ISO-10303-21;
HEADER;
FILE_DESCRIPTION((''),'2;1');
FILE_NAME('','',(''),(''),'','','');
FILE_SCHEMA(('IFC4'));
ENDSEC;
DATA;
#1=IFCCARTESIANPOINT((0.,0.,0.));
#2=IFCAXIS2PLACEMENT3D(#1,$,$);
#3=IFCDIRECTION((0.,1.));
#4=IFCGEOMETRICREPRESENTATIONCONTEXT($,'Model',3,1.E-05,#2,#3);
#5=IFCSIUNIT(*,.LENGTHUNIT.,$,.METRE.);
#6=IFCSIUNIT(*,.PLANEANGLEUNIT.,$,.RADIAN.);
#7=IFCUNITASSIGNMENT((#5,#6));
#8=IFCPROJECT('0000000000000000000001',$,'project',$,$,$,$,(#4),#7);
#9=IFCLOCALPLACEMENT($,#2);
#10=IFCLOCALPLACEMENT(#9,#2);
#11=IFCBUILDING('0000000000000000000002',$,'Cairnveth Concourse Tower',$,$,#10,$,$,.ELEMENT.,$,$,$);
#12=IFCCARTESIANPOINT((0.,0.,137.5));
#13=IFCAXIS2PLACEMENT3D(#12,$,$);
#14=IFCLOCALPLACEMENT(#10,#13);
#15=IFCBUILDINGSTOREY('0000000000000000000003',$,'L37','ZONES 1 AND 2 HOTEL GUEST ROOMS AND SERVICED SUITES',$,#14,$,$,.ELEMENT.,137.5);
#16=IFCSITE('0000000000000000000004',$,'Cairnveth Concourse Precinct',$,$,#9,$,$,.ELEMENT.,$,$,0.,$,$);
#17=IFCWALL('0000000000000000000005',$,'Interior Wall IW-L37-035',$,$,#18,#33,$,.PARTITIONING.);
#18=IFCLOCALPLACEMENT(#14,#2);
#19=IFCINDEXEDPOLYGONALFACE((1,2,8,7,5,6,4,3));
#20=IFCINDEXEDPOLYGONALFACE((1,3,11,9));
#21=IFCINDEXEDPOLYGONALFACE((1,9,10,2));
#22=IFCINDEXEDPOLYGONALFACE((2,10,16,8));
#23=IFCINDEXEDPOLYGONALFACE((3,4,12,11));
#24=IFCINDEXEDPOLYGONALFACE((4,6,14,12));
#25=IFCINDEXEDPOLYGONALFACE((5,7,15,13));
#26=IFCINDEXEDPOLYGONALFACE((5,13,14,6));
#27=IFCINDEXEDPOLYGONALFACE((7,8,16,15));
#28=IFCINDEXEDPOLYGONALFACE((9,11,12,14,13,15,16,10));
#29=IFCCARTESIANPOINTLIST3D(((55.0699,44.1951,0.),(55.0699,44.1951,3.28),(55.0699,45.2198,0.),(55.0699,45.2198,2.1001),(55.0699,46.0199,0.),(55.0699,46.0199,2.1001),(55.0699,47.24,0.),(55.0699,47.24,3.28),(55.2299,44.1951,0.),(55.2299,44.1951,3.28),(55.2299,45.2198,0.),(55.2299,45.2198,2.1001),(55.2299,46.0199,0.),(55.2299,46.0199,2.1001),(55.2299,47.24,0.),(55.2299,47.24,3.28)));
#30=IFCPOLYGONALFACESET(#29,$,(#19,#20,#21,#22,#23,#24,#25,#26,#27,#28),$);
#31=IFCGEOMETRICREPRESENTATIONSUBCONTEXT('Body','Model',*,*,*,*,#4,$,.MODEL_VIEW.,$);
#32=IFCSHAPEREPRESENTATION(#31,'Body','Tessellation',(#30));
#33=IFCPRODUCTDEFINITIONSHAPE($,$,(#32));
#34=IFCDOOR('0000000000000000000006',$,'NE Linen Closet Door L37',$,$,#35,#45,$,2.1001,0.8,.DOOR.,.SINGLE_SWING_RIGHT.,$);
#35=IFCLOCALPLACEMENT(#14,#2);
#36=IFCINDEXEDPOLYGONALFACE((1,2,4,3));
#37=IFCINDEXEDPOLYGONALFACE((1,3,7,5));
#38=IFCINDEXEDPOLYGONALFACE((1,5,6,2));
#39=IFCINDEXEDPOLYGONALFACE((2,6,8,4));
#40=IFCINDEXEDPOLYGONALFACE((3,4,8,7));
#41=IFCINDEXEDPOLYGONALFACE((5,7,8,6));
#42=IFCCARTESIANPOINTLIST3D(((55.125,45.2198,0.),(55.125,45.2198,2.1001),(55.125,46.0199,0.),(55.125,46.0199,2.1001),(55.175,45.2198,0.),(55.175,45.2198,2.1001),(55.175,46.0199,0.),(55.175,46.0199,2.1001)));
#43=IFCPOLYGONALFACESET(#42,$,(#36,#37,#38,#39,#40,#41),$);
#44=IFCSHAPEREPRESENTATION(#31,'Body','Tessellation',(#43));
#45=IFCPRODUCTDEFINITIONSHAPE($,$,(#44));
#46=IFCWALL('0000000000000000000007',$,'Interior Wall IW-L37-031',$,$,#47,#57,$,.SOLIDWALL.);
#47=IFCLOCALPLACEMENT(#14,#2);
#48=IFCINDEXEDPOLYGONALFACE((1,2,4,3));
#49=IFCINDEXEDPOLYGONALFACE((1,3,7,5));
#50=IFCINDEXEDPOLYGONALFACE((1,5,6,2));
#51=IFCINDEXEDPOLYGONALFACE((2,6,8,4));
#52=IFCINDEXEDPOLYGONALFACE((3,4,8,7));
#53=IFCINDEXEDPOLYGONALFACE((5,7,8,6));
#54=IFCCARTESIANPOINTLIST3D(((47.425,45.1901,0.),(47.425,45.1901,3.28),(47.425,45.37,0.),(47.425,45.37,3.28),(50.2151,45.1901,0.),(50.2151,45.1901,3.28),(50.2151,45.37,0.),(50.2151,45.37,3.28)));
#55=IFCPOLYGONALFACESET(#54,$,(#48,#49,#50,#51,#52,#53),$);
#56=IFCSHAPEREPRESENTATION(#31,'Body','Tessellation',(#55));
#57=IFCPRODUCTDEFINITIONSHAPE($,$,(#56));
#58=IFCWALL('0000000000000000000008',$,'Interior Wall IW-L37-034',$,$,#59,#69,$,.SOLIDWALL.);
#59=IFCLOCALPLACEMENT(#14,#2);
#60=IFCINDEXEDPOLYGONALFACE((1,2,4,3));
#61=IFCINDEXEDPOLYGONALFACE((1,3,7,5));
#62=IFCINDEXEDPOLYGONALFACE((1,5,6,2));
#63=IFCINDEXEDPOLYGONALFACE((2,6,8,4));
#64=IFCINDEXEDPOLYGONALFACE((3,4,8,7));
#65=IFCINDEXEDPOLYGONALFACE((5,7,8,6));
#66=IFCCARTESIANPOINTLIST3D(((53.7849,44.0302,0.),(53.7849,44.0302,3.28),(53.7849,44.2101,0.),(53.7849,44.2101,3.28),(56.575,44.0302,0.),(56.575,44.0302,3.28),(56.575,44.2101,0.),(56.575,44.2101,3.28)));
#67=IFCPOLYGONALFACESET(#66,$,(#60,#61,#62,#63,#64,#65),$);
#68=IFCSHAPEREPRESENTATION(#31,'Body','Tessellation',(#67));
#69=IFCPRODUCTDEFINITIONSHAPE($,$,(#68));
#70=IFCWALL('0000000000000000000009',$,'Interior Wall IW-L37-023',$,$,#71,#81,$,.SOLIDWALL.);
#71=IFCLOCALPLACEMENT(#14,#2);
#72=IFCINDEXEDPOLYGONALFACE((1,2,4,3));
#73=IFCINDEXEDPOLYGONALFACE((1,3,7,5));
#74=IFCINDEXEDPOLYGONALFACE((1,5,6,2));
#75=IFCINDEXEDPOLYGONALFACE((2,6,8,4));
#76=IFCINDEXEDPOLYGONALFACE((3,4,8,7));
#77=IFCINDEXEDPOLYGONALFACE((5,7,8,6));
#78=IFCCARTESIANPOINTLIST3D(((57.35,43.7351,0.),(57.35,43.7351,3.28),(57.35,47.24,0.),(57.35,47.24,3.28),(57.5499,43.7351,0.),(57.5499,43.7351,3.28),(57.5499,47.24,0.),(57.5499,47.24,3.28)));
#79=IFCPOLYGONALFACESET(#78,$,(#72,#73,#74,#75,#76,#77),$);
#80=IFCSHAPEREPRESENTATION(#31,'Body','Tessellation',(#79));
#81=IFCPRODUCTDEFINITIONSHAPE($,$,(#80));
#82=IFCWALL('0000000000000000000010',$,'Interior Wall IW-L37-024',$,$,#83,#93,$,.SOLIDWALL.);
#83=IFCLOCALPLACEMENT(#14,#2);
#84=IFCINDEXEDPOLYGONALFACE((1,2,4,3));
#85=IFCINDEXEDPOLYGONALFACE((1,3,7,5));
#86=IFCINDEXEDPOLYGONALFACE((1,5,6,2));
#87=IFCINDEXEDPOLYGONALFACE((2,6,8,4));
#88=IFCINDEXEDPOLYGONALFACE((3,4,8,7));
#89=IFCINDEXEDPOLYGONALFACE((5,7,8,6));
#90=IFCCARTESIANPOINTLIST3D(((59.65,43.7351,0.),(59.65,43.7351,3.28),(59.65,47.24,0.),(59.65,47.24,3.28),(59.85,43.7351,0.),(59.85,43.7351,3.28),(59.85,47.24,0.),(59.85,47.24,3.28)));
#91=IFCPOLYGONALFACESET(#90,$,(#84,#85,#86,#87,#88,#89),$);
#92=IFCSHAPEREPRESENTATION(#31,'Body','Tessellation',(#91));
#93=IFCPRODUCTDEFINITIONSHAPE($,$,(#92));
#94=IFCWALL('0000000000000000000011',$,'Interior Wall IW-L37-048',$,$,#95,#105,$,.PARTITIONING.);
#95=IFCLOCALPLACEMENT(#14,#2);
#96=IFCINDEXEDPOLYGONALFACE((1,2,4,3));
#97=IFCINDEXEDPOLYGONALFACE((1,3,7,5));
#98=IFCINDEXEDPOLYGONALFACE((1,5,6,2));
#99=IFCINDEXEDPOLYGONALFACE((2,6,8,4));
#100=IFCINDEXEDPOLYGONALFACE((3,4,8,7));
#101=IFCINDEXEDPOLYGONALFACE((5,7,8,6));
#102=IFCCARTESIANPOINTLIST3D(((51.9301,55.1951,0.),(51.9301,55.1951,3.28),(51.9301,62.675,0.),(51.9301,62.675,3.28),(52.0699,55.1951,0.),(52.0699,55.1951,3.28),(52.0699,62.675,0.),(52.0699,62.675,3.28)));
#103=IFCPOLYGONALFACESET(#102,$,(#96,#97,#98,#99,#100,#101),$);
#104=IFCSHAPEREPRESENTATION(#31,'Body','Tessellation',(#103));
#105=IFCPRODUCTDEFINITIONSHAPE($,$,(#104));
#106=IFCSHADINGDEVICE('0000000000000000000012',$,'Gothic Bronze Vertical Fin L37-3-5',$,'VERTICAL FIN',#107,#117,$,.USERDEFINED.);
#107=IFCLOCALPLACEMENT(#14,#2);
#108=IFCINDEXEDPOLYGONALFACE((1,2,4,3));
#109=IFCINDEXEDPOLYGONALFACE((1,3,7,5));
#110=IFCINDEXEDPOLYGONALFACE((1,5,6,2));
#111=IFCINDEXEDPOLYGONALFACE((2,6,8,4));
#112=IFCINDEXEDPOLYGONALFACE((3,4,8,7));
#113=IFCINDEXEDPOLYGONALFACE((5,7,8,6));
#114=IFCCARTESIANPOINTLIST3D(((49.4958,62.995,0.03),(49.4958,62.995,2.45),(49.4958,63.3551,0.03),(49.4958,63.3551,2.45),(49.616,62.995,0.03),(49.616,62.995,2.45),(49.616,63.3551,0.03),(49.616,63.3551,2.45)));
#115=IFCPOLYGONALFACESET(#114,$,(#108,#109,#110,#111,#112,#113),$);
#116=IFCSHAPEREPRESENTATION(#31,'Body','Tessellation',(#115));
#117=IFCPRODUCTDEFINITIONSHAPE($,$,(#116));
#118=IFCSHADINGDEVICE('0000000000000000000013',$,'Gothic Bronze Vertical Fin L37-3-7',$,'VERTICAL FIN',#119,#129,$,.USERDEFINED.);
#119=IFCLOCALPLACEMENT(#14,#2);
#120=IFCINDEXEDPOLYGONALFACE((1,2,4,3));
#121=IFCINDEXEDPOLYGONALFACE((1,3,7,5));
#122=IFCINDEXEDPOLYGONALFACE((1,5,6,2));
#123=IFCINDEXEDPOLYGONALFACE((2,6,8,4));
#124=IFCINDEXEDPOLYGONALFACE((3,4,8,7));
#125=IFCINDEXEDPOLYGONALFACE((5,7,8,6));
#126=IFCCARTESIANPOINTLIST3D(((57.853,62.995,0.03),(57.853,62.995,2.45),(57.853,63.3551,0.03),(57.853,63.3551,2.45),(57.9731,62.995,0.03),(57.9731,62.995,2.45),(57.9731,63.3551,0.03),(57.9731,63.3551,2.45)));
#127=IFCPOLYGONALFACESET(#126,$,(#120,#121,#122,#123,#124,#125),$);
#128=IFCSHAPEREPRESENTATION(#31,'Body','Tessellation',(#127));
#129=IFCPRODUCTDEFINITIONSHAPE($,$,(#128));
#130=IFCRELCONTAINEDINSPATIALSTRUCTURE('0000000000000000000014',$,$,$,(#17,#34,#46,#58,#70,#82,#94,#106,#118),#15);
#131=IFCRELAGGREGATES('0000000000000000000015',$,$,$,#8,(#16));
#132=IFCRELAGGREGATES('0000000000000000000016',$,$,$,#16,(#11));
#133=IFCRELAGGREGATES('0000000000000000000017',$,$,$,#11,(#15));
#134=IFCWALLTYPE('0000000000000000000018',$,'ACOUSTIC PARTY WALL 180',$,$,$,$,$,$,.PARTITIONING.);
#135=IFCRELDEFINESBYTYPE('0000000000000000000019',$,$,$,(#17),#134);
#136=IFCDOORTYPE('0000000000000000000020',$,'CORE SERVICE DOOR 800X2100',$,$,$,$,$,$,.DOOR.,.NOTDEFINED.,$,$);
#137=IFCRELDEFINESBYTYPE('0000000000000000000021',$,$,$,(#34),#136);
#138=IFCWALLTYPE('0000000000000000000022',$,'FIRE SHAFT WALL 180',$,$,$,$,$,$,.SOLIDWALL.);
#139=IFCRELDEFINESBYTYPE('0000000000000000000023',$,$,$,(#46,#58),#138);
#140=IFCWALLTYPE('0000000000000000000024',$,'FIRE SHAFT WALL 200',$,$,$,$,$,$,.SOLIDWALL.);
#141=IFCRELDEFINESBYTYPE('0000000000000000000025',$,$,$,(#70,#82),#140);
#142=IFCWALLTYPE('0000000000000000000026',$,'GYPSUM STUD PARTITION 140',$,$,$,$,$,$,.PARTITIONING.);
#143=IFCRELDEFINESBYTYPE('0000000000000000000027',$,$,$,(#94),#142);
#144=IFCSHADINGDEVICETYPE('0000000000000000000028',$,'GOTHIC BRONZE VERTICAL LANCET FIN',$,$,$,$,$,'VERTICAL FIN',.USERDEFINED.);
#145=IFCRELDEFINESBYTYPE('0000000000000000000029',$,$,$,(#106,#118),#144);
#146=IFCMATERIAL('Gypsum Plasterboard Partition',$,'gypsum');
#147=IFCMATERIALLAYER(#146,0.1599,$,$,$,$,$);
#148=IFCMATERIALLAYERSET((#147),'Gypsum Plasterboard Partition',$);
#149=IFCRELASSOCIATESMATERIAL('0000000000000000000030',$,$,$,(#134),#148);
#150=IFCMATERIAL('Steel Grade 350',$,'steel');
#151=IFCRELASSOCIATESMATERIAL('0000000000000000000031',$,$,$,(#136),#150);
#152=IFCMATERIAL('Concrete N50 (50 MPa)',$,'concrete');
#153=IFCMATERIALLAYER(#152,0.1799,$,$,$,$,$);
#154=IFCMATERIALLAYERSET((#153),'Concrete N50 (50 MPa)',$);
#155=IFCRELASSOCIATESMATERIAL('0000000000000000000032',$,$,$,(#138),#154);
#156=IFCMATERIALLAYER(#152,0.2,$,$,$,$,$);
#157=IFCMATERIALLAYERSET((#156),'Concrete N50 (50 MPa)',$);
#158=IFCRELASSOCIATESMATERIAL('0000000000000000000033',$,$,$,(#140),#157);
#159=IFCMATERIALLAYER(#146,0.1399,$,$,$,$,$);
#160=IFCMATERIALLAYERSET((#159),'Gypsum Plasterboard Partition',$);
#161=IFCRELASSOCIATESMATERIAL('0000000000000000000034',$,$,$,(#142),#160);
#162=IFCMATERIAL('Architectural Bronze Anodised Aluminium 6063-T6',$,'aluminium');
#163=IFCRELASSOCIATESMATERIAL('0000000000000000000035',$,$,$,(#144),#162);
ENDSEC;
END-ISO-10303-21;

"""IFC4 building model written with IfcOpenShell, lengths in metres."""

from ifc_helpers import new_model, si_unit, direction, frame, frame_2d, origin, origin_2d, place, context, subcontext, project, spatial, rectangle, extrude, material, layer, layer_set, type_object, element, fill, save


model = new_model("IFC4")

# Units and contexts
model_context = context("Model", 3, precision=1e-05, world=origin(), true_north=direction((0.0, 1.0)))
body_context = subcontext(model_context, "Body", "Model", "MODEL_VIEW")
ifc_project = project(units=[si_unit("LENGTHUNIT", "METRE"), si_unit("PLANEANGLEUNIT", "RADIAN")], contexts=[model_context])

# Site, building, storey
site_placement = place(None, origin())
site = spatial("IfcSite", under=ifc_project, at=site_placement, Name="Cairnveth Concourse Precinct", CompositionType="ELEMENT", RefElevation=0.0)
building_placement = place(site_placement, origin())
building = spatial("IfcBuilding", under=site, at=building_placement, Name="Cairnveth Concourse Tower", CompositionType="ELEMENT")
storey_placement = place(building_placement, frame((0.0, 0.0, 137.5)))
storey = spatial("IfcBuildingStorey", under=building, at=storey_placement, Name="L37", Description="ZONES 1 AND 2 HOTEL GUEST ROOMS AND SERVICED SUITES", CompositionType="ELEMENT", Elevation=137.5)

# Shared definitions
ifc_material_1 = material(Name="Steel Grade 350", Category="steel")

# Wall, opening, door
ifc_material_2 = material(Name="Gypsum Plasterboard Partition", Category="gypsum")
ifc_layer_1 = layer(ifc_material_2, 0.1599)
ifc_layer_set_1 = layer_set([ifc_layer_1], Name="Gypsum Plasterboard Partition")
wall_type_1 = type_object("IfcWallType", Name="ACOUSTIC PARTY WALL 180", PredefinedType="PARTITIONING", material=ifc_layer_set_1)
wall_1_placement = place(storey_placement, frame((55.1499, 44.1951, 0.0), z_axis=(0.0, 0.0, 1.0), x_axis=(0.0, 1.0, 0.0)))
wall_1 = element("IfcWall", 1, at=wall_1_placement, inside=storey, type_object=wall_type_1, Name="Interior Wall IW-L37-035", PredefinedType="PARTITIONING", context=body_context, shape_type="SweptSolid", body=[
    extrude(rectangle(XDim=3.0449, YDim=0.1599, at=frame_2d((1.5225, 0.0))), origin(), (0.0, 0.0, 1.0), 3.28),
])
opening_placement = place(wall_1_placement, frame((1.0249, 0.0, 0.0)))
opening = element("IfcOpeningElement", 2, at=opening_placement, cuts=wall_1, PredefinedType="OPENING", context=body_context, shape_type="SweptSolid", body=[
    extrude(rectangle(XDim=0.8, YDim=2.1001, at=frame_2d((0.3999, 1.05))), frame((0.0, 0.0898, 0.0), z_axis=(0.0, -1.0, 0.0), x_axis=(1.0, 0.0, 0.0)), (0.0, 0.0, 1.0), 0.1799),
])
door_type = type_object("IfcDoorType", Name="CORE SERVICE DOOR 800X2100", OperationType="NOTDEFINED", PredefinedType="DOOR", material=ifc_material_1)
door_placement = place(opening_placement, origin())
door = element("IfcDoor", 3, at=door_placement, inside=storey, type_object=door_type, Name="NE Linen Closet Door L37", OperationType="SINGLE_SWING_RIGHT", OverallHeight=2.1001, OverallWidth=0.8, PredefinedType="DOOR", context=body_context, shape_type="SweptSolid", body=[
    extrude(rectangle(XDim=0.8, YDim=2.1001, at=frame_2d((0.3999, 1.05))), frame((0.0, 0.0249, 0.0), z_axis=(0.0, -1.0, 0.0), x_axis=(1.0, 0.0, 0.0)), (0.0, 0.0, 1.0), 0.05),
])
fill(opening, door)

# Walls
ifc_material_3 = material(Name="Concrete N50 (50 MPa)", Category="concrete")
ifc_layer_2 = layer(ifc_material_3, 0.1799)
ifc_layer_set_2 = layer_set([ifc_layer_2], Name="Concrete N50 (50 MPa)")
wall_type_2 = type_object("IfcWallType", Name="FIRE SHAFT WALL 180", PredefinedType="SOLIDWALL", material=ifc_layer_set_2)
for number, where, z_axis, x_axis, name in (
    (4, (47.425, 45.28, 0.0), (0.0, 0.0, 1.0), (1.0, 0.0, 0.0), "Interior Wall IW-L37-031"),
    (5, (53.7849, 44.1201, 0.0), (0.0, 0.0, 1.0), (1.0, 0.0, 0.0), "Interior Wall IW-L37-034"),
):
    element("IfcWall", number, at=place(storey_placement, frame(where, z_axis=z_axis, x_axis=x_axis)), inside=storey, type_object=wall_type_2, Name=name, PredefinedType="SOLIDWALL", context=body_context, shape_type="SweptSolid", body=[
        extrude(rectangle(XDim=2.79, YDim=0.1799, at=frame_2d((1.395, 0.0))), origin(), (0.0, 0.0, 1.0), 3.28),
    ])
ifc_layer_3 = layer(ifc_material_3, 0.2)
ifc_layer_set_3 = layer_set([ifc_layer_3], Name="Concrete N50 (50 MPa)")
wall_type_3 = type_object("IfcWallType", Name="FIRE SHAFT WALL 200", PredefinedType="SOLIDWALL", material=ifc_layer_set_3)
for number, where, z_axis, x_axis, name in (
    (6, (57.45, 43.7351, 0.0), (0.0, 0.0, 1.0), (0.0, 1.0, 0.0), "Interior Wall IW-L37-023"),
    (7, (59.75, 43.7351, 0.0), (0.0, 0.0, 1.0), (0.0, 1.0, 0.0), "Interior Wall IW-L37-024"),
):
    element("IfcWall", number, at=place(storey_placement, frame(where, z_axis=z_axis, x_axis=x_axis)), inside=storey, type_object=wall_type_3, Name=name, PredefinedType="SOLIDWALL", context=body_context, shape_type="SweptSolid", body=[
        extrude(rectangle(XDim=3.5049, YDim=0.2, at=frame_2d((1.7524, 0.0))), origin(), (0.0, 0.0, 1.0), 3.28),
    ])
ifc_layer_4 = layer(ifc_material_2, 0.1399)
ifc_layer_set_4 = layer_set([ifc_layer_4], Name="Gypsum Plasterboard Partition")
wall_type_4 = type_object("IfcWallType", Name="GYPSUM STUD PARTITION 140", PredefinedType="PARTITIONING", material=ifc_layer_set_4)
wall_2_placement = place(storey_placement, frame((52.0, 55.1951, 0.0), z_axis=(0.0, 0.0, 1.0), x_axis=(0.0, 1.0, 0.0)))
element("IfcWall", 8, at=wall_2_placement, inside=storey, type_object=wall_type_4, Name="Interior Wall IW-L37-048", PredefinedType="PARTITIONING", context=body_context, shape_type="SweptSolid", body=[
    extrude(rectangle(XDim=7.48, YDim=0.1399, at=frame_2d((3.74, 0.0))), origin(), (0.0, 0.0, 1.0), 3.28),
])

# Shading devices
ifc_material_4 = material(Name="Architectural Bronze Anodised Aluminium 6063-T6", Category="aluminium")
shading_device_type = type_object("IfcShadingDeviceType", Name="GOTHIC BRONZE VERTICAL LANCET FIN", ElementType="VERTICAL FIN", PredefinedType="USERDEFINED", material=ifc_material_4)
for number, where, z_axis, x_axis, name in (
    (9, (49.5559, 63.175, 0.03), (0.0, 0.0, 1.0), (1.0, 0.0, 0.0), "Gothic Bronze Vertical Fin L37-3-5"),
    (10, (57.9131, 63.175, 0.03), (0.0, 0.0, 1.0), (1.0, 0.0, 0.0), "Gothic Bronze Vertical Fin L37-3-7"),
):
    element("IfcShadingDevice", number, at=place(storey_placement, frame(where, z_axis=z_axis, x_axis=x_axis)), inside=storey, type_object=shading_device_type, Name=name, ObjectType="VERTICAL FIN", PredefinedType="USERDEFINED", context=body_context, shape_type="SweptSolid", body=[
        extrude(rectangle(XDim=0.1201, YDim=0.3601, at=origin_2d()), origin(), (0.0, 0.0, 1.0), 2.4199),
    ])

save(model, "model.ifc")
